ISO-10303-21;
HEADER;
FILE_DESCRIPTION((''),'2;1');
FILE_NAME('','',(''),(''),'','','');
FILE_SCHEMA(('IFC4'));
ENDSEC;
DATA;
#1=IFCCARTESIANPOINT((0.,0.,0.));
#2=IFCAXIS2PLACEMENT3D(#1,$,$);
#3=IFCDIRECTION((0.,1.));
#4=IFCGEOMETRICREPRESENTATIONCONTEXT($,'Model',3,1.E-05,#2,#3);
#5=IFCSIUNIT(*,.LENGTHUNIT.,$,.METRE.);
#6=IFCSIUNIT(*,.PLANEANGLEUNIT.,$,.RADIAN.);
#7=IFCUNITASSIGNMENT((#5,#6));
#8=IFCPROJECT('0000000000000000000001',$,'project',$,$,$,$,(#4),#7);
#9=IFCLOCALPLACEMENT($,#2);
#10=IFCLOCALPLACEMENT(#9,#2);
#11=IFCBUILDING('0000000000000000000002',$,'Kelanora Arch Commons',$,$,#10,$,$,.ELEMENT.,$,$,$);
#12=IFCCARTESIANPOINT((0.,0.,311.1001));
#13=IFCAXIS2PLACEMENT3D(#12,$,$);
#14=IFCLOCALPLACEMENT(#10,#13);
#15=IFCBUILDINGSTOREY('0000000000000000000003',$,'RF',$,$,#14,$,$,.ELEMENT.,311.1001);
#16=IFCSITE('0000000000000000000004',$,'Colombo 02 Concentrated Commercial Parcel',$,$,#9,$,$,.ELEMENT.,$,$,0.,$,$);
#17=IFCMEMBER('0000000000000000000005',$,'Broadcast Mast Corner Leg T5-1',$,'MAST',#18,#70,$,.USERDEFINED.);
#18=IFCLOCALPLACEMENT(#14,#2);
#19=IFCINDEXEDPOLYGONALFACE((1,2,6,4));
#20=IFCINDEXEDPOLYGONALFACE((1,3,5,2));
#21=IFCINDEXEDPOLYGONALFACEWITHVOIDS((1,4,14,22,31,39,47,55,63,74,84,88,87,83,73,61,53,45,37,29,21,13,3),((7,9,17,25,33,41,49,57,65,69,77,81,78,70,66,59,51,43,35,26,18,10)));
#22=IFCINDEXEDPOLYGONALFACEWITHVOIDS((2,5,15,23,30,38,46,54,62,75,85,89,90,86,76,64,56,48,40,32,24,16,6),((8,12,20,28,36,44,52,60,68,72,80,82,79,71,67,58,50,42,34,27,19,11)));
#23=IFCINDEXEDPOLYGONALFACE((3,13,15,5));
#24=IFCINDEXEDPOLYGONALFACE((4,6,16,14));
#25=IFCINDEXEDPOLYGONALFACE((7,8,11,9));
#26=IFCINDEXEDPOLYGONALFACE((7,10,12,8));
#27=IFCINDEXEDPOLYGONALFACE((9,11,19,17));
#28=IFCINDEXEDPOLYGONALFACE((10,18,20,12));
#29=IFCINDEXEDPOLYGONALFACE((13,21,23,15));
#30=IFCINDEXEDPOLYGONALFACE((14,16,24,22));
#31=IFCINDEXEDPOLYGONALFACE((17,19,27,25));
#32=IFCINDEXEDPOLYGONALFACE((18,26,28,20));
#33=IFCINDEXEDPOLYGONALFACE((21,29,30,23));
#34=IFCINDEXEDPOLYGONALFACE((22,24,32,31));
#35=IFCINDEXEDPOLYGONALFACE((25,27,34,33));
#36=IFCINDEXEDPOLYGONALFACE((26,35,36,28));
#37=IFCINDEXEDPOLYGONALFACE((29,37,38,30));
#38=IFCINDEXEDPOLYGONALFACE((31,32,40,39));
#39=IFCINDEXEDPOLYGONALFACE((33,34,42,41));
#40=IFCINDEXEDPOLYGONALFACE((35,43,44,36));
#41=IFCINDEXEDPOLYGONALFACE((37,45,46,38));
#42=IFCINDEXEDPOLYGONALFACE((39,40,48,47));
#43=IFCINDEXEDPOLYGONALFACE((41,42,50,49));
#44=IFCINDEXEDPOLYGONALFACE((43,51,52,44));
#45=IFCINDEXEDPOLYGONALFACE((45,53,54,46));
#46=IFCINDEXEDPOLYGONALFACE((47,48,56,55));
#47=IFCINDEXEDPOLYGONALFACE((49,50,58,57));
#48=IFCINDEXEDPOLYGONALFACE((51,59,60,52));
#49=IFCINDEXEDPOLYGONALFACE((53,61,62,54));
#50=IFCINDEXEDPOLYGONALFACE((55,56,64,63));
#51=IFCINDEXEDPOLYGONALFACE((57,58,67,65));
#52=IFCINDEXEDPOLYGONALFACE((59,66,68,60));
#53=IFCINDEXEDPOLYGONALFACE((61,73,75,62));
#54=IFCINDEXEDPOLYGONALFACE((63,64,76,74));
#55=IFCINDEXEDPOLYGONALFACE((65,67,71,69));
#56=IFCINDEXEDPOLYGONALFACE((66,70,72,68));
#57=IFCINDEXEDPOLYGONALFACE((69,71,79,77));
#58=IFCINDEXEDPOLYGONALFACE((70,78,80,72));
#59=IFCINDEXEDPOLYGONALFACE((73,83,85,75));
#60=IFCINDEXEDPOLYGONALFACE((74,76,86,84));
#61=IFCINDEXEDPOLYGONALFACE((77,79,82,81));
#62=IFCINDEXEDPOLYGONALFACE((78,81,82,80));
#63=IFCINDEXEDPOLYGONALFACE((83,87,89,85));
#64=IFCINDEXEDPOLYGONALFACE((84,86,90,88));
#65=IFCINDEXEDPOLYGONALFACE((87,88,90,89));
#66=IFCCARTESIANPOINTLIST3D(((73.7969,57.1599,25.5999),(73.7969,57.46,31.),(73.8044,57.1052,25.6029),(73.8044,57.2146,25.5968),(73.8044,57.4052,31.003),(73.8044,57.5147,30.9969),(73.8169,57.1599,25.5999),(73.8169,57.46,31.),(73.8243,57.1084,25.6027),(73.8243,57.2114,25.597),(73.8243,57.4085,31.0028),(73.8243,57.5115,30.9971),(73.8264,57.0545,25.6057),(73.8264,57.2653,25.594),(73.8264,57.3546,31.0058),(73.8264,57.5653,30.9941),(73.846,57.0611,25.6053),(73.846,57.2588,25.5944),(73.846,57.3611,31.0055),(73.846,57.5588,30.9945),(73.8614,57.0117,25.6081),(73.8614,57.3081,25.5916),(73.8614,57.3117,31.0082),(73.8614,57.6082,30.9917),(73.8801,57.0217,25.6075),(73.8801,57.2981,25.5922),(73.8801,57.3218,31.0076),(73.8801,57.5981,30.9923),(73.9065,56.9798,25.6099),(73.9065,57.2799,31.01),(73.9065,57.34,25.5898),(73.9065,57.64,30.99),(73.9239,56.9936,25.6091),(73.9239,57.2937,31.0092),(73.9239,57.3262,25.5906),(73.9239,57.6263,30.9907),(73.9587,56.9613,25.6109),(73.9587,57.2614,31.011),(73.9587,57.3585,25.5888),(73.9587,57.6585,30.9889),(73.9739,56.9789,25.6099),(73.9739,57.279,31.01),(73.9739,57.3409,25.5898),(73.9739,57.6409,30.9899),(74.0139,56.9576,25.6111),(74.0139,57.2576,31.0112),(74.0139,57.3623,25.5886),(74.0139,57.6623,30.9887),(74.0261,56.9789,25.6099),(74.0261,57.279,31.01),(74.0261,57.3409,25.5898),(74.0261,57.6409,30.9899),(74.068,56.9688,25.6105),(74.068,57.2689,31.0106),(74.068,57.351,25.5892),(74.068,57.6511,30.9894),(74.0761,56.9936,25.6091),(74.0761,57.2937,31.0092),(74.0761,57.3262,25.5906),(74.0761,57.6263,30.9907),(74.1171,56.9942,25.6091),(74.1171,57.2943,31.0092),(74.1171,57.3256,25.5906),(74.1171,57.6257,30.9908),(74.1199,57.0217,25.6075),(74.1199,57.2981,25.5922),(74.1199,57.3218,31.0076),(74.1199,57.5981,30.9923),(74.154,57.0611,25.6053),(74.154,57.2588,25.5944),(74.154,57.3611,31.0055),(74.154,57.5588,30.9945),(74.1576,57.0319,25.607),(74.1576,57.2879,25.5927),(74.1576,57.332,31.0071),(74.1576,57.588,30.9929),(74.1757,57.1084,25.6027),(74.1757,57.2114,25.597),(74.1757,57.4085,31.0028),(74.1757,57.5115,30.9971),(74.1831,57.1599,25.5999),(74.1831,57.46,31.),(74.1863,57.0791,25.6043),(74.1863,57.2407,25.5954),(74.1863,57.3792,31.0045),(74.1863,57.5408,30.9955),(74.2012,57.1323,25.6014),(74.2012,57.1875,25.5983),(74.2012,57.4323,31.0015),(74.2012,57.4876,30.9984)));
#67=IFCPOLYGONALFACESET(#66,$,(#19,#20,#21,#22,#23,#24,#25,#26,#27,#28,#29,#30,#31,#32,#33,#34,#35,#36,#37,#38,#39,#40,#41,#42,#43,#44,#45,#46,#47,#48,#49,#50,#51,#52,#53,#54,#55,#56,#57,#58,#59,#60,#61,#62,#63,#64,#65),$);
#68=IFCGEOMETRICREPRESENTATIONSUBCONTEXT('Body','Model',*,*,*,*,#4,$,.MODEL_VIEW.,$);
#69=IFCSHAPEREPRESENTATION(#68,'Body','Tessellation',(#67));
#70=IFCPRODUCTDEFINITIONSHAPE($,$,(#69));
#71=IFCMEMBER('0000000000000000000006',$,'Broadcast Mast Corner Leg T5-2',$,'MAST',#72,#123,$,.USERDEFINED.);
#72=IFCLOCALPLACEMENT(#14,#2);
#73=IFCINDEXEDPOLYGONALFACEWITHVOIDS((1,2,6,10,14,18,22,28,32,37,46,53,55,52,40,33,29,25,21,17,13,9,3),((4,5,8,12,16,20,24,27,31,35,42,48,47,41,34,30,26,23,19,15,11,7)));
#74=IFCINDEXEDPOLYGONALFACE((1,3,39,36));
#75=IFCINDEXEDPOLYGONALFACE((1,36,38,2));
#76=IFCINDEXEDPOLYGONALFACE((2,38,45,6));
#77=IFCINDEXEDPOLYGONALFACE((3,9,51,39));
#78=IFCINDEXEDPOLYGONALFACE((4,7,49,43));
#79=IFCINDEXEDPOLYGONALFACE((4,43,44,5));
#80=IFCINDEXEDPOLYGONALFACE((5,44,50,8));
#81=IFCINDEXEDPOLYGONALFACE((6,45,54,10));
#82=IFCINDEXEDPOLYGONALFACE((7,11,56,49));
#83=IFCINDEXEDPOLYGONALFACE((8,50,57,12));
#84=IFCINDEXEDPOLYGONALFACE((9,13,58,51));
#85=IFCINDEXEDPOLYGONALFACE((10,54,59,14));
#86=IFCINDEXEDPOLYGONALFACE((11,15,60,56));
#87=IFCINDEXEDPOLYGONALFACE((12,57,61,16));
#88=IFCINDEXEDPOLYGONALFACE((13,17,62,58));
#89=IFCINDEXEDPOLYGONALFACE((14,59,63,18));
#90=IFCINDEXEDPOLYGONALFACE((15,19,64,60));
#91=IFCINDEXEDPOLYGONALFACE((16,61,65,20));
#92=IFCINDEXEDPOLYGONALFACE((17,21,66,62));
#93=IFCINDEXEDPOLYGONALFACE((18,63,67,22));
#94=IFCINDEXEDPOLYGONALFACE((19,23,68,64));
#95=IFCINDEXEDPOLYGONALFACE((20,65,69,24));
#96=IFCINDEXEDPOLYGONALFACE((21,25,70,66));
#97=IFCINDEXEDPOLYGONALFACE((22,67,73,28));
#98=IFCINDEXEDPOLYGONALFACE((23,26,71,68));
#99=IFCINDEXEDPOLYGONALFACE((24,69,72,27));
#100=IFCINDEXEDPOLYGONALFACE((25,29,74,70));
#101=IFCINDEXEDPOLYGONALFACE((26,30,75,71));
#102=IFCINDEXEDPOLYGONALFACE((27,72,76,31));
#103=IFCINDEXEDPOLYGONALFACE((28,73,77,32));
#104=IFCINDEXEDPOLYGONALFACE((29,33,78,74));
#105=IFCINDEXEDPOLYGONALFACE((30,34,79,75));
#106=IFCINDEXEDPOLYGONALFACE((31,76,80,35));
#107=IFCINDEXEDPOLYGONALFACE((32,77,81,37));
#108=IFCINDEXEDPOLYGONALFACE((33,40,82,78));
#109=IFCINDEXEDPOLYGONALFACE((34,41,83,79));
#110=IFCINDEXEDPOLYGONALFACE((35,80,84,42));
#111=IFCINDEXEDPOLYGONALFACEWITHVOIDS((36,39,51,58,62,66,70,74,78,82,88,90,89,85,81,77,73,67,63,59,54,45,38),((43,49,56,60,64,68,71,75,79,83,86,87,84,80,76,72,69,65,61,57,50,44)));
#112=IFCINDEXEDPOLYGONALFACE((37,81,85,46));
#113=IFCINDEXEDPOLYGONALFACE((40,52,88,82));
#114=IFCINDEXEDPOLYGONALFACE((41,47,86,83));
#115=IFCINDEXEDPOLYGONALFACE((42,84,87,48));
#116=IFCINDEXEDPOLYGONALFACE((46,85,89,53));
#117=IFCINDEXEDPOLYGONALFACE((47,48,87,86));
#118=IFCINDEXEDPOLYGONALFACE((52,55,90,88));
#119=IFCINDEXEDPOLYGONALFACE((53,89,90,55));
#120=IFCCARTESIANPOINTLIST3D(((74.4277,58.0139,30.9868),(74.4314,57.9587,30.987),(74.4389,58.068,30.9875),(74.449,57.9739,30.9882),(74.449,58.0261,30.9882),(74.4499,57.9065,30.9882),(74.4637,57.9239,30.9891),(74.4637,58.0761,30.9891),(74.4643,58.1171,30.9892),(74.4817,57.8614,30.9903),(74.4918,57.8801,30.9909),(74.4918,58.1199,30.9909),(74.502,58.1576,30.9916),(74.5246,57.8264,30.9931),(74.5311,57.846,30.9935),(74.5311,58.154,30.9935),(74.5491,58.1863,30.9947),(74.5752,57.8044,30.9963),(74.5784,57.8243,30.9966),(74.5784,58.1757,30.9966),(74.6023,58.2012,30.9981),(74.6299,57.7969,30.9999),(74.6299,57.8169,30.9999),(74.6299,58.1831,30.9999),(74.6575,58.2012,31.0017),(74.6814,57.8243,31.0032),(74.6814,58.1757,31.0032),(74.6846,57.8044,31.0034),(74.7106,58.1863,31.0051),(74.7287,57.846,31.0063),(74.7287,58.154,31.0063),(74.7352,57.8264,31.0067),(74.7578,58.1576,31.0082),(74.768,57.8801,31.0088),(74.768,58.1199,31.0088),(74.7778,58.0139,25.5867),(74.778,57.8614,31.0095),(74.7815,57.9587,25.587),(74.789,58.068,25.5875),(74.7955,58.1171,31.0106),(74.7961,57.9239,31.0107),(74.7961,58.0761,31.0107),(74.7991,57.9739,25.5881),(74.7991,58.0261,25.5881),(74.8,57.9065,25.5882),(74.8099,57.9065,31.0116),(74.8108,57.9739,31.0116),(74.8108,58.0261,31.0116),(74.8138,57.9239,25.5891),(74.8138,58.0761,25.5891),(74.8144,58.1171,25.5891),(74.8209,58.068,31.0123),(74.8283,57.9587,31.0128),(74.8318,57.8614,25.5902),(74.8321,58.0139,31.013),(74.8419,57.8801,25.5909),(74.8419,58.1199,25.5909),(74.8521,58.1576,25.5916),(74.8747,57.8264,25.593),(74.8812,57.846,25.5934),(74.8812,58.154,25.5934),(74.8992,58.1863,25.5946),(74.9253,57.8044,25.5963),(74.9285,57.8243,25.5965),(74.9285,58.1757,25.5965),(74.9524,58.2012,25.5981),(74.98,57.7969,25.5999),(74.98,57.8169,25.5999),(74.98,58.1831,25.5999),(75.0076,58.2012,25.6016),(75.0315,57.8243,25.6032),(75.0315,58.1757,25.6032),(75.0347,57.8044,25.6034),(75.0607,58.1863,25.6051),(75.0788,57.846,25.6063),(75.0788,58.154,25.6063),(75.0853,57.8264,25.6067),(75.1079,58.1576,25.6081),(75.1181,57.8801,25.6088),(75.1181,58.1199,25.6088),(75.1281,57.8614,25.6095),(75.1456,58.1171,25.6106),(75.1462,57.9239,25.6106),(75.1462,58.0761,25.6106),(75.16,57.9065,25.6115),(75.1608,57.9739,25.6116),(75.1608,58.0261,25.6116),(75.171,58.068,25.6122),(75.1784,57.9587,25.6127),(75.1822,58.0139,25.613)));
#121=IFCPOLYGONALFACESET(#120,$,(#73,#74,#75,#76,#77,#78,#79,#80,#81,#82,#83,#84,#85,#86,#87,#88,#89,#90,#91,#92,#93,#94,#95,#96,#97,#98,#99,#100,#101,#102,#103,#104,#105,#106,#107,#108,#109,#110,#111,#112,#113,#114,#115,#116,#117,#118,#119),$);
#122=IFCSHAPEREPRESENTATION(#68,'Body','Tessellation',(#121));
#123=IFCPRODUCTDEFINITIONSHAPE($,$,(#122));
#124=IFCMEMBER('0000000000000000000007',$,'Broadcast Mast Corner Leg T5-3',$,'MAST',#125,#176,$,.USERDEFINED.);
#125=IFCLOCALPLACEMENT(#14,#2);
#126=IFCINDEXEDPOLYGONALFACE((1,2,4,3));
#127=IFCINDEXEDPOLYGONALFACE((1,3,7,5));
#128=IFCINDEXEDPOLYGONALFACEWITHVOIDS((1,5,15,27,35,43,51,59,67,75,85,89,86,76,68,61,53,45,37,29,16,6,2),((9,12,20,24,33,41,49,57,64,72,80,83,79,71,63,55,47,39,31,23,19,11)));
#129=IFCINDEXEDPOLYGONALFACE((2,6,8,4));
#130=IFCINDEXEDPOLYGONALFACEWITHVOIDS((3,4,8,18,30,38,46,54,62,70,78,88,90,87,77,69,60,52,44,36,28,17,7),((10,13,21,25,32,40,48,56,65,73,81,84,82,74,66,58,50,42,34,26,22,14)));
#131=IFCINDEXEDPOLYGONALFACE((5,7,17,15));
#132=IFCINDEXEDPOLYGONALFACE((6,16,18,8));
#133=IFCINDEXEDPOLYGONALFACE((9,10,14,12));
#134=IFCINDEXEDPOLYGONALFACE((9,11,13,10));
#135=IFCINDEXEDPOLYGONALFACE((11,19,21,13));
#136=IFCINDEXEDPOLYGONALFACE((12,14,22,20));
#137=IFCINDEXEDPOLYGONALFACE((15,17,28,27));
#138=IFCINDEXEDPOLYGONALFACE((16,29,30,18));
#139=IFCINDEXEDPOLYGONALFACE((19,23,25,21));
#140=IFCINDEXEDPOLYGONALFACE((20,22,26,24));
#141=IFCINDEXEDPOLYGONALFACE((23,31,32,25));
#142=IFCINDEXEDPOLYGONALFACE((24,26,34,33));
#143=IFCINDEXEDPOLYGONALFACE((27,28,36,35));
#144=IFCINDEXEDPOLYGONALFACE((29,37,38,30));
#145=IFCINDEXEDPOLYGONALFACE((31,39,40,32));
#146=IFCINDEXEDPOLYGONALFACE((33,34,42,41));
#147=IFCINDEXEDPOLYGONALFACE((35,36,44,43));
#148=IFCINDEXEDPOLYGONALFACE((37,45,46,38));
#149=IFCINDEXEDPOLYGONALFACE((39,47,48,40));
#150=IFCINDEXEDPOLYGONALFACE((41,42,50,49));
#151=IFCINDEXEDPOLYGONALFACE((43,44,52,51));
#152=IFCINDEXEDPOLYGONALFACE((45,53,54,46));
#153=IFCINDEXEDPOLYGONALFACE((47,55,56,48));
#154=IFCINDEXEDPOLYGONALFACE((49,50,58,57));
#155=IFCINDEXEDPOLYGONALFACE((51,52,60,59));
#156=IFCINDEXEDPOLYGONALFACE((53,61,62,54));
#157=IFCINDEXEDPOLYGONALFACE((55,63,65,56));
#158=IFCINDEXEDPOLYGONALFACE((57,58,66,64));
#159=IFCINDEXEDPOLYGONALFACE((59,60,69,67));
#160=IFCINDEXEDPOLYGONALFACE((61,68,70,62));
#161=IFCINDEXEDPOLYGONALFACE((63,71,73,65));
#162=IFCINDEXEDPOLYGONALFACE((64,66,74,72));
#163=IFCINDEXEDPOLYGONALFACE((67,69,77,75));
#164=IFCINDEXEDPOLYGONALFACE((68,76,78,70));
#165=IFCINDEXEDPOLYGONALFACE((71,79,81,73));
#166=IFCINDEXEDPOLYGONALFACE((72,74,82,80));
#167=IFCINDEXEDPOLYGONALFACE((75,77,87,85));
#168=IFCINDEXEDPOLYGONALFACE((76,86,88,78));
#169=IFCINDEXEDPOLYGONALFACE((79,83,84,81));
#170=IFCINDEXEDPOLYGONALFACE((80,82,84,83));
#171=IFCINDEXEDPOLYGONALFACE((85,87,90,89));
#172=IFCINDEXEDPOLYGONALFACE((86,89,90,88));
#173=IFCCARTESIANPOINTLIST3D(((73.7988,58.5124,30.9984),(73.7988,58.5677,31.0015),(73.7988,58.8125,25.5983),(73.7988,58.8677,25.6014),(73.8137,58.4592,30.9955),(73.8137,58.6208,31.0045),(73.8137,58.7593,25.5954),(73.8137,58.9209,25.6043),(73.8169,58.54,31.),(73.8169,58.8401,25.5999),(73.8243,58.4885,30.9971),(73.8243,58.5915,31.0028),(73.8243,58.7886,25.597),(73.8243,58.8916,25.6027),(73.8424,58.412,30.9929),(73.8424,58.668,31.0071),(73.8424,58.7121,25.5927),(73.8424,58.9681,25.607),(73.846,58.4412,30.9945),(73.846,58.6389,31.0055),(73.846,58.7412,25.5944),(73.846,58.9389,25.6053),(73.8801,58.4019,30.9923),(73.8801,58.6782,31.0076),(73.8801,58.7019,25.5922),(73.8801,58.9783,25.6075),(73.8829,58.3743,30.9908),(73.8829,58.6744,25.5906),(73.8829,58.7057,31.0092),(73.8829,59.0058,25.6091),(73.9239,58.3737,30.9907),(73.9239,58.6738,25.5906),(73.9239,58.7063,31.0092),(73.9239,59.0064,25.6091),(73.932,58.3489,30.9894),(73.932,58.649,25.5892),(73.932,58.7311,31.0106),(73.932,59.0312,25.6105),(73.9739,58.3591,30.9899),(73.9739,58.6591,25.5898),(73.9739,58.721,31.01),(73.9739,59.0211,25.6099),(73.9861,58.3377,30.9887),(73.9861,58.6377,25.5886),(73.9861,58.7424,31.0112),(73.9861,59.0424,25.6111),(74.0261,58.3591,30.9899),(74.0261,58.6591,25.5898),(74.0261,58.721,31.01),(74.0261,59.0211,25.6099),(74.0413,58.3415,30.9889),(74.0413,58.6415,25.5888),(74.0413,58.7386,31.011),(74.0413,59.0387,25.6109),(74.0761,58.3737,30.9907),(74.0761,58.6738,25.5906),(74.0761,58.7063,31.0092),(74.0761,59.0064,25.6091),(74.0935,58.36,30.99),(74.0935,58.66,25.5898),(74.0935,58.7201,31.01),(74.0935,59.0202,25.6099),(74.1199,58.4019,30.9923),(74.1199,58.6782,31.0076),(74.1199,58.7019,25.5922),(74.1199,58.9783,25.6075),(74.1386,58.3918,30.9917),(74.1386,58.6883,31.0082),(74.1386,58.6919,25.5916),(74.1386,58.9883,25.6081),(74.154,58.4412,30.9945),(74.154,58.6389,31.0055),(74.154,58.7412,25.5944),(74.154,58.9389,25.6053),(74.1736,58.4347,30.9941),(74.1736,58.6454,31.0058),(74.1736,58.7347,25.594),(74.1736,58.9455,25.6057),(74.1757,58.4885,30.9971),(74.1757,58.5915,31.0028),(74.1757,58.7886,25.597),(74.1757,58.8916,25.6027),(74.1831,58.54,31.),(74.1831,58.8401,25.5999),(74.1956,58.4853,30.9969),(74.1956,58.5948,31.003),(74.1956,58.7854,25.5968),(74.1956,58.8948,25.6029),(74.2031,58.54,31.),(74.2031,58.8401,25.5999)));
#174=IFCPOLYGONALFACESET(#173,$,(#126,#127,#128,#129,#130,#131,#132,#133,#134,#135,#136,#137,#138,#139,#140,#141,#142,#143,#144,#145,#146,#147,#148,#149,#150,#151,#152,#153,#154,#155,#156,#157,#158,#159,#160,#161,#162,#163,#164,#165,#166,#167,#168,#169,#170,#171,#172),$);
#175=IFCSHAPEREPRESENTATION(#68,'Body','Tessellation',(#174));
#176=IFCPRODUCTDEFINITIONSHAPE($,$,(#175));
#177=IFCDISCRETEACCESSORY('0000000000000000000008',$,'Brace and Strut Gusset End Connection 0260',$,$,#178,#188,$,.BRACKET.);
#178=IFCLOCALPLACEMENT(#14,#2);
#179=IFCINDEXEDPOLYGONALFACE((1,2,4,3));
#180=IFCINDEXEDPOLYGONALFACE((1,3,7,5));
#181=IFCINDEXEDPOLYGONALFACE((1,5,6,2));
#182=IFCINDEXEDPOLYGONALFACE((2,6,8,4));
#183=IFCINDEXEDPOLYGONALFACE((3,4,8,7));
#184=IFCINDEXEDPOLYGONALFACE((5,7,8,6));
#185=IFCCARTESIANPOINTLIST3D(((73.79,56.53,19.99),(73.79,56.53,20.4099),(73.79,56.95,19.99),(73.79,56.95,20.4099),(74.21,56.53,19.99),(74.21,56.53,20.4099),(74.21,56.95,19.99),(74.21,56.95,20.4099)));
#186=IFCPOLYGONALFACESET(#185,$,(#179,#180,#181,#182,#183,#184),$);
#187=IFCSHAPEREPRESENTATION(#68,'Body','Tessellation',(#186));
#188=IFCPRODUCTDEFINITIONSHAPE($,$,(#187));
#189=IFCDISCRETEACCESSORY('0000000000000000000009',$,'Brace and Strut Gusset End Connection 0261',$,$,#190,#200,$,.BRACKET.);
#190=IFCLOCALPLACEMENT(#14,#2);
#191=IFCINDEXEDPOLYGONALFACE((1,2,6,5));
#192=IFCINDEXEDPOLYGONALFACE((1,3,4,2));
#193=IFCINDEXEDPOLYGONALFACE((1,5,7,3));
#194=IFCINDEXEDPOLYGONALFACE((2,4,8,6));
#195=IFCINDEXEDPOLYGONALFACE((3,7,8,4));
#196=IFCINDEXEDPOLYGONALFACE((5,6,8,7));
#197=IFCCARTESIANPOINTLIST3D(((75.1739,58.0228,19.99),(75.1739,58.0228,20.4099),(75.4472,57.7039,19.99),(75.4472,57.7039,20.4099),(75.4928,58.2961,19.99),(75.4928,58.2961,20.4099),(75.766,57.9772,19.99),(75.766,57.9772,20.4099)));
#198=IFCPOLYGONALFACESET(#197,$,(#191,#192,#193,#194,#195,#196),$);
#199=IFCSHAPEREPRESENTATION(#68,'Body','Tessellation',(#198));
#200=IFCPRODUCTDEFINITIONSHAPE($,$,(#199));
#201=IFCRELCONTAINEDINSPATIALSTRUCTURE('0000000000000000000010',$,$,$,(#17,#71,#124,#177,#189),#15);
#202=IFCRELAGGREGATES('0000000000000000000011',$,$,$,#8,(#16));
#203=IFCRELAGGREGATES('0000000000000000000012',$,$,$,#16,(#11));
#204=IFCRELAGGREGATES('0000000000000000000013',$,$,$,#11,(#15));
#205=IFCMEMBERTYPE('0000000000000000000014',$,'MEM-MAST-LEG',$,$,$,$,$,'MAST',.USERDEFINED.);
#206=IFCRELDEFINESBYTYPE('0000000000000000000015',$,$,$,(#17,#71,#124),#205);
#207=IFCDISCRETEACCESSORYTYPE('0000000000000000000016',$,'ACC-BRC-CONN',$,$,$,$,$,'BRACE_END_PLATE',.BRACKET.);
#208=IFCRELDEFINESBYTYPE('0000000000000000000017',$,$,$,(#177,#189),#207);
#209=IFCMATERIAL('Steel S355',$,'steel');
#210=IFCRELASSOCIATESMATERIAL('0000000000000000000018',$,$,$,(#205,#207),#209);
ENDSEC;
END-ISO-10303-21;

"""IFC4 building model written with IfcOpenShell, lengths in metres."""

from ifc_helpers import new_model, si_unit, direction, frame, origin, origin_2d, place, context, subcontext, project, spatial, rectangle, hollow_circle, extrude, source, transform, mapped, material, material_profile, profile_set, type_object, element, save


model = new_model("IFC4")

# Units and contexts
model_context = context("Model", 3, precision=1e-05, world=origin(), true_north=direction((0.0, 1.0)))
body_context = subcontext(model_context, "Body", "Model", "MODEL_VIEW")
ifc_project = project(units=[si_unit("LENGTHUNIT", "METRE"), si_unit("PLANEANGLEUNIT", "RADIAN")], contexts=[model_context])

# Site, building, storey
site_placement = place(None, origin())
site = spatial("IfcSite", under=ifc_project, at=site_placement, Name="Colombo 02 Concentrated Commercial Parcel", CompositionType="ELEMENT", RefElevation=0.0)
building_placement = place(site_placement, origin())
building = spatial("IfcBuilding", under=site, at=building_placement, Name="Kelanora Arch Commons", CompositionType="ELEMENT")
storey_placement = place(building_placement, frame((0.0, 0.0, 311.1001)))
storey = spatial("IfcBuildingStorey", under=building, at=storey_placement, Name="RF", CompositionType="ELEMENT", Elevation=311.1001)

# Members
ifc_material = material(Name="Steel S355", Category="steel")
ifc_material_profile_1 = material_profile(ifc_material, hollow_circle(Radius=0.2031, WallThickness=0.02, at=origin_2d()), Name="CHS406.4x20")
ifc_profile_set_1 = profile_set([ifc_material_profile_1], Name="Steel S355")
member_type_1 = type_object("IfcMemberType", Name="MEM-MAST-LEG", ElementType="MAST", PredefinedType="USERDEFINED", material=ifc_profile_set_1)
member_1_placement = place(storey_placement, frame((74.0, 57.1599, 25.5999), z_axis=(0.0, 0.055478, 0.99846), x_axis=(-1.0, 0.0, 0.0)))
element("IfcMember", 1, at=member_1_placement, inside=storey, type_object=member_type_1, Name="Broadcast Mast Corner Leg T5-1", ObjectType="MAST", PredefinedType="USERDEFINED", context=body_context, shape_type="SweptSolid", body=[
    extrude(hollow_circle(Radius=0.2031, WallThickness=0.02, at=origin_2d()), origin(), (0.0, 0.0, 1.0), 5.4084),
])
member_2_placement = place(storey_placement, frame((74.98, 58.0, 25.5999), z_axis=(-0.064695, 0.0, 0.997905), x_axis=(0.0, -1.0, 0.0)))
element("IfcMember", 2, at=member_2_placement, inside=storey, type_object=member_type_1, Name="Broadcast Mast Corner Leg T5-2", ObjectType="MAST", PredefinedType="USERDEFINED", context=body_context, shape_type="SweptSolid", body=[
    extrude(hollow_circle(Radius=0.2031, WallThickness=0.02, at=origin_2d()), origin(), (0.0, 0.0, 1.0), 5.4114),
])
member_3_placement = place(storey_placement, frame((74.0, 58.8401, 25.5999), z_axis=(0.0, -0.055478, 0.99846), x_axis=(1.0, 0.0, 0.0)))
element("IfcMember", 3, at=member_3_placement, inside=storey, type_object=member_type_1, Name="Broadcast Mast Corner Leg T5-3", ObjectType="MAST", PredefinedType="USERDEFINED", context=body_context, shape_type="SweptSolid", body=[
    extrude(hollow_circle(Radius=0.2031, WallThickness=0.02, at=origin_2d()), origin(), (0.0, 0.0, 1.0), 5.4084),
])

# Discrete accessories
discrete_accessory_type = type_object("IfcDiscreteAccessoryType", Name="ACC-BRC-CONN", ElementType="BRACE_END_PLATE", PredefinedType="BRACKET", material=ifc_material)
shared_shape = source(origin(), body_context, "Body", "SweptSolid", [
    extrude(rectangle(XDim=0.4199, YDim=0.4199, at=origin_2d()), origin(), (0.0, 0.0, 1.0), 0.4199),
])
for number, where, z_axis, x_axis, name in (
    (4, (74.0, 56.74, 19.99), (0.0, 0.0, 1.0), (0.0, 1.0, 0.0), "Brace and Strut Gusset End Connection 0260"),
    (5, (75.47, 58.0, 19.99), (0.0, 0.0, 1.0), (0.759271, 0.650774, 0.0), "Brace and Strut Gusset End Connection 0261"),
):
    element("IfcDiscreteAccessory", number, at=place(storey_placement, frame(where, z_axis=z_axis, x_axis=x_axis)), inside=storey, type_object=discrete_accessory_type, Name=name, PredefinedType="BRACKET", context=body_context, shape_type="MappedRepresentation", body=[
        mapped(shared_shape, transform((0.0, 0.0, 0.0), scale=1.0)),
    ])

save(model, "model.ifc")
